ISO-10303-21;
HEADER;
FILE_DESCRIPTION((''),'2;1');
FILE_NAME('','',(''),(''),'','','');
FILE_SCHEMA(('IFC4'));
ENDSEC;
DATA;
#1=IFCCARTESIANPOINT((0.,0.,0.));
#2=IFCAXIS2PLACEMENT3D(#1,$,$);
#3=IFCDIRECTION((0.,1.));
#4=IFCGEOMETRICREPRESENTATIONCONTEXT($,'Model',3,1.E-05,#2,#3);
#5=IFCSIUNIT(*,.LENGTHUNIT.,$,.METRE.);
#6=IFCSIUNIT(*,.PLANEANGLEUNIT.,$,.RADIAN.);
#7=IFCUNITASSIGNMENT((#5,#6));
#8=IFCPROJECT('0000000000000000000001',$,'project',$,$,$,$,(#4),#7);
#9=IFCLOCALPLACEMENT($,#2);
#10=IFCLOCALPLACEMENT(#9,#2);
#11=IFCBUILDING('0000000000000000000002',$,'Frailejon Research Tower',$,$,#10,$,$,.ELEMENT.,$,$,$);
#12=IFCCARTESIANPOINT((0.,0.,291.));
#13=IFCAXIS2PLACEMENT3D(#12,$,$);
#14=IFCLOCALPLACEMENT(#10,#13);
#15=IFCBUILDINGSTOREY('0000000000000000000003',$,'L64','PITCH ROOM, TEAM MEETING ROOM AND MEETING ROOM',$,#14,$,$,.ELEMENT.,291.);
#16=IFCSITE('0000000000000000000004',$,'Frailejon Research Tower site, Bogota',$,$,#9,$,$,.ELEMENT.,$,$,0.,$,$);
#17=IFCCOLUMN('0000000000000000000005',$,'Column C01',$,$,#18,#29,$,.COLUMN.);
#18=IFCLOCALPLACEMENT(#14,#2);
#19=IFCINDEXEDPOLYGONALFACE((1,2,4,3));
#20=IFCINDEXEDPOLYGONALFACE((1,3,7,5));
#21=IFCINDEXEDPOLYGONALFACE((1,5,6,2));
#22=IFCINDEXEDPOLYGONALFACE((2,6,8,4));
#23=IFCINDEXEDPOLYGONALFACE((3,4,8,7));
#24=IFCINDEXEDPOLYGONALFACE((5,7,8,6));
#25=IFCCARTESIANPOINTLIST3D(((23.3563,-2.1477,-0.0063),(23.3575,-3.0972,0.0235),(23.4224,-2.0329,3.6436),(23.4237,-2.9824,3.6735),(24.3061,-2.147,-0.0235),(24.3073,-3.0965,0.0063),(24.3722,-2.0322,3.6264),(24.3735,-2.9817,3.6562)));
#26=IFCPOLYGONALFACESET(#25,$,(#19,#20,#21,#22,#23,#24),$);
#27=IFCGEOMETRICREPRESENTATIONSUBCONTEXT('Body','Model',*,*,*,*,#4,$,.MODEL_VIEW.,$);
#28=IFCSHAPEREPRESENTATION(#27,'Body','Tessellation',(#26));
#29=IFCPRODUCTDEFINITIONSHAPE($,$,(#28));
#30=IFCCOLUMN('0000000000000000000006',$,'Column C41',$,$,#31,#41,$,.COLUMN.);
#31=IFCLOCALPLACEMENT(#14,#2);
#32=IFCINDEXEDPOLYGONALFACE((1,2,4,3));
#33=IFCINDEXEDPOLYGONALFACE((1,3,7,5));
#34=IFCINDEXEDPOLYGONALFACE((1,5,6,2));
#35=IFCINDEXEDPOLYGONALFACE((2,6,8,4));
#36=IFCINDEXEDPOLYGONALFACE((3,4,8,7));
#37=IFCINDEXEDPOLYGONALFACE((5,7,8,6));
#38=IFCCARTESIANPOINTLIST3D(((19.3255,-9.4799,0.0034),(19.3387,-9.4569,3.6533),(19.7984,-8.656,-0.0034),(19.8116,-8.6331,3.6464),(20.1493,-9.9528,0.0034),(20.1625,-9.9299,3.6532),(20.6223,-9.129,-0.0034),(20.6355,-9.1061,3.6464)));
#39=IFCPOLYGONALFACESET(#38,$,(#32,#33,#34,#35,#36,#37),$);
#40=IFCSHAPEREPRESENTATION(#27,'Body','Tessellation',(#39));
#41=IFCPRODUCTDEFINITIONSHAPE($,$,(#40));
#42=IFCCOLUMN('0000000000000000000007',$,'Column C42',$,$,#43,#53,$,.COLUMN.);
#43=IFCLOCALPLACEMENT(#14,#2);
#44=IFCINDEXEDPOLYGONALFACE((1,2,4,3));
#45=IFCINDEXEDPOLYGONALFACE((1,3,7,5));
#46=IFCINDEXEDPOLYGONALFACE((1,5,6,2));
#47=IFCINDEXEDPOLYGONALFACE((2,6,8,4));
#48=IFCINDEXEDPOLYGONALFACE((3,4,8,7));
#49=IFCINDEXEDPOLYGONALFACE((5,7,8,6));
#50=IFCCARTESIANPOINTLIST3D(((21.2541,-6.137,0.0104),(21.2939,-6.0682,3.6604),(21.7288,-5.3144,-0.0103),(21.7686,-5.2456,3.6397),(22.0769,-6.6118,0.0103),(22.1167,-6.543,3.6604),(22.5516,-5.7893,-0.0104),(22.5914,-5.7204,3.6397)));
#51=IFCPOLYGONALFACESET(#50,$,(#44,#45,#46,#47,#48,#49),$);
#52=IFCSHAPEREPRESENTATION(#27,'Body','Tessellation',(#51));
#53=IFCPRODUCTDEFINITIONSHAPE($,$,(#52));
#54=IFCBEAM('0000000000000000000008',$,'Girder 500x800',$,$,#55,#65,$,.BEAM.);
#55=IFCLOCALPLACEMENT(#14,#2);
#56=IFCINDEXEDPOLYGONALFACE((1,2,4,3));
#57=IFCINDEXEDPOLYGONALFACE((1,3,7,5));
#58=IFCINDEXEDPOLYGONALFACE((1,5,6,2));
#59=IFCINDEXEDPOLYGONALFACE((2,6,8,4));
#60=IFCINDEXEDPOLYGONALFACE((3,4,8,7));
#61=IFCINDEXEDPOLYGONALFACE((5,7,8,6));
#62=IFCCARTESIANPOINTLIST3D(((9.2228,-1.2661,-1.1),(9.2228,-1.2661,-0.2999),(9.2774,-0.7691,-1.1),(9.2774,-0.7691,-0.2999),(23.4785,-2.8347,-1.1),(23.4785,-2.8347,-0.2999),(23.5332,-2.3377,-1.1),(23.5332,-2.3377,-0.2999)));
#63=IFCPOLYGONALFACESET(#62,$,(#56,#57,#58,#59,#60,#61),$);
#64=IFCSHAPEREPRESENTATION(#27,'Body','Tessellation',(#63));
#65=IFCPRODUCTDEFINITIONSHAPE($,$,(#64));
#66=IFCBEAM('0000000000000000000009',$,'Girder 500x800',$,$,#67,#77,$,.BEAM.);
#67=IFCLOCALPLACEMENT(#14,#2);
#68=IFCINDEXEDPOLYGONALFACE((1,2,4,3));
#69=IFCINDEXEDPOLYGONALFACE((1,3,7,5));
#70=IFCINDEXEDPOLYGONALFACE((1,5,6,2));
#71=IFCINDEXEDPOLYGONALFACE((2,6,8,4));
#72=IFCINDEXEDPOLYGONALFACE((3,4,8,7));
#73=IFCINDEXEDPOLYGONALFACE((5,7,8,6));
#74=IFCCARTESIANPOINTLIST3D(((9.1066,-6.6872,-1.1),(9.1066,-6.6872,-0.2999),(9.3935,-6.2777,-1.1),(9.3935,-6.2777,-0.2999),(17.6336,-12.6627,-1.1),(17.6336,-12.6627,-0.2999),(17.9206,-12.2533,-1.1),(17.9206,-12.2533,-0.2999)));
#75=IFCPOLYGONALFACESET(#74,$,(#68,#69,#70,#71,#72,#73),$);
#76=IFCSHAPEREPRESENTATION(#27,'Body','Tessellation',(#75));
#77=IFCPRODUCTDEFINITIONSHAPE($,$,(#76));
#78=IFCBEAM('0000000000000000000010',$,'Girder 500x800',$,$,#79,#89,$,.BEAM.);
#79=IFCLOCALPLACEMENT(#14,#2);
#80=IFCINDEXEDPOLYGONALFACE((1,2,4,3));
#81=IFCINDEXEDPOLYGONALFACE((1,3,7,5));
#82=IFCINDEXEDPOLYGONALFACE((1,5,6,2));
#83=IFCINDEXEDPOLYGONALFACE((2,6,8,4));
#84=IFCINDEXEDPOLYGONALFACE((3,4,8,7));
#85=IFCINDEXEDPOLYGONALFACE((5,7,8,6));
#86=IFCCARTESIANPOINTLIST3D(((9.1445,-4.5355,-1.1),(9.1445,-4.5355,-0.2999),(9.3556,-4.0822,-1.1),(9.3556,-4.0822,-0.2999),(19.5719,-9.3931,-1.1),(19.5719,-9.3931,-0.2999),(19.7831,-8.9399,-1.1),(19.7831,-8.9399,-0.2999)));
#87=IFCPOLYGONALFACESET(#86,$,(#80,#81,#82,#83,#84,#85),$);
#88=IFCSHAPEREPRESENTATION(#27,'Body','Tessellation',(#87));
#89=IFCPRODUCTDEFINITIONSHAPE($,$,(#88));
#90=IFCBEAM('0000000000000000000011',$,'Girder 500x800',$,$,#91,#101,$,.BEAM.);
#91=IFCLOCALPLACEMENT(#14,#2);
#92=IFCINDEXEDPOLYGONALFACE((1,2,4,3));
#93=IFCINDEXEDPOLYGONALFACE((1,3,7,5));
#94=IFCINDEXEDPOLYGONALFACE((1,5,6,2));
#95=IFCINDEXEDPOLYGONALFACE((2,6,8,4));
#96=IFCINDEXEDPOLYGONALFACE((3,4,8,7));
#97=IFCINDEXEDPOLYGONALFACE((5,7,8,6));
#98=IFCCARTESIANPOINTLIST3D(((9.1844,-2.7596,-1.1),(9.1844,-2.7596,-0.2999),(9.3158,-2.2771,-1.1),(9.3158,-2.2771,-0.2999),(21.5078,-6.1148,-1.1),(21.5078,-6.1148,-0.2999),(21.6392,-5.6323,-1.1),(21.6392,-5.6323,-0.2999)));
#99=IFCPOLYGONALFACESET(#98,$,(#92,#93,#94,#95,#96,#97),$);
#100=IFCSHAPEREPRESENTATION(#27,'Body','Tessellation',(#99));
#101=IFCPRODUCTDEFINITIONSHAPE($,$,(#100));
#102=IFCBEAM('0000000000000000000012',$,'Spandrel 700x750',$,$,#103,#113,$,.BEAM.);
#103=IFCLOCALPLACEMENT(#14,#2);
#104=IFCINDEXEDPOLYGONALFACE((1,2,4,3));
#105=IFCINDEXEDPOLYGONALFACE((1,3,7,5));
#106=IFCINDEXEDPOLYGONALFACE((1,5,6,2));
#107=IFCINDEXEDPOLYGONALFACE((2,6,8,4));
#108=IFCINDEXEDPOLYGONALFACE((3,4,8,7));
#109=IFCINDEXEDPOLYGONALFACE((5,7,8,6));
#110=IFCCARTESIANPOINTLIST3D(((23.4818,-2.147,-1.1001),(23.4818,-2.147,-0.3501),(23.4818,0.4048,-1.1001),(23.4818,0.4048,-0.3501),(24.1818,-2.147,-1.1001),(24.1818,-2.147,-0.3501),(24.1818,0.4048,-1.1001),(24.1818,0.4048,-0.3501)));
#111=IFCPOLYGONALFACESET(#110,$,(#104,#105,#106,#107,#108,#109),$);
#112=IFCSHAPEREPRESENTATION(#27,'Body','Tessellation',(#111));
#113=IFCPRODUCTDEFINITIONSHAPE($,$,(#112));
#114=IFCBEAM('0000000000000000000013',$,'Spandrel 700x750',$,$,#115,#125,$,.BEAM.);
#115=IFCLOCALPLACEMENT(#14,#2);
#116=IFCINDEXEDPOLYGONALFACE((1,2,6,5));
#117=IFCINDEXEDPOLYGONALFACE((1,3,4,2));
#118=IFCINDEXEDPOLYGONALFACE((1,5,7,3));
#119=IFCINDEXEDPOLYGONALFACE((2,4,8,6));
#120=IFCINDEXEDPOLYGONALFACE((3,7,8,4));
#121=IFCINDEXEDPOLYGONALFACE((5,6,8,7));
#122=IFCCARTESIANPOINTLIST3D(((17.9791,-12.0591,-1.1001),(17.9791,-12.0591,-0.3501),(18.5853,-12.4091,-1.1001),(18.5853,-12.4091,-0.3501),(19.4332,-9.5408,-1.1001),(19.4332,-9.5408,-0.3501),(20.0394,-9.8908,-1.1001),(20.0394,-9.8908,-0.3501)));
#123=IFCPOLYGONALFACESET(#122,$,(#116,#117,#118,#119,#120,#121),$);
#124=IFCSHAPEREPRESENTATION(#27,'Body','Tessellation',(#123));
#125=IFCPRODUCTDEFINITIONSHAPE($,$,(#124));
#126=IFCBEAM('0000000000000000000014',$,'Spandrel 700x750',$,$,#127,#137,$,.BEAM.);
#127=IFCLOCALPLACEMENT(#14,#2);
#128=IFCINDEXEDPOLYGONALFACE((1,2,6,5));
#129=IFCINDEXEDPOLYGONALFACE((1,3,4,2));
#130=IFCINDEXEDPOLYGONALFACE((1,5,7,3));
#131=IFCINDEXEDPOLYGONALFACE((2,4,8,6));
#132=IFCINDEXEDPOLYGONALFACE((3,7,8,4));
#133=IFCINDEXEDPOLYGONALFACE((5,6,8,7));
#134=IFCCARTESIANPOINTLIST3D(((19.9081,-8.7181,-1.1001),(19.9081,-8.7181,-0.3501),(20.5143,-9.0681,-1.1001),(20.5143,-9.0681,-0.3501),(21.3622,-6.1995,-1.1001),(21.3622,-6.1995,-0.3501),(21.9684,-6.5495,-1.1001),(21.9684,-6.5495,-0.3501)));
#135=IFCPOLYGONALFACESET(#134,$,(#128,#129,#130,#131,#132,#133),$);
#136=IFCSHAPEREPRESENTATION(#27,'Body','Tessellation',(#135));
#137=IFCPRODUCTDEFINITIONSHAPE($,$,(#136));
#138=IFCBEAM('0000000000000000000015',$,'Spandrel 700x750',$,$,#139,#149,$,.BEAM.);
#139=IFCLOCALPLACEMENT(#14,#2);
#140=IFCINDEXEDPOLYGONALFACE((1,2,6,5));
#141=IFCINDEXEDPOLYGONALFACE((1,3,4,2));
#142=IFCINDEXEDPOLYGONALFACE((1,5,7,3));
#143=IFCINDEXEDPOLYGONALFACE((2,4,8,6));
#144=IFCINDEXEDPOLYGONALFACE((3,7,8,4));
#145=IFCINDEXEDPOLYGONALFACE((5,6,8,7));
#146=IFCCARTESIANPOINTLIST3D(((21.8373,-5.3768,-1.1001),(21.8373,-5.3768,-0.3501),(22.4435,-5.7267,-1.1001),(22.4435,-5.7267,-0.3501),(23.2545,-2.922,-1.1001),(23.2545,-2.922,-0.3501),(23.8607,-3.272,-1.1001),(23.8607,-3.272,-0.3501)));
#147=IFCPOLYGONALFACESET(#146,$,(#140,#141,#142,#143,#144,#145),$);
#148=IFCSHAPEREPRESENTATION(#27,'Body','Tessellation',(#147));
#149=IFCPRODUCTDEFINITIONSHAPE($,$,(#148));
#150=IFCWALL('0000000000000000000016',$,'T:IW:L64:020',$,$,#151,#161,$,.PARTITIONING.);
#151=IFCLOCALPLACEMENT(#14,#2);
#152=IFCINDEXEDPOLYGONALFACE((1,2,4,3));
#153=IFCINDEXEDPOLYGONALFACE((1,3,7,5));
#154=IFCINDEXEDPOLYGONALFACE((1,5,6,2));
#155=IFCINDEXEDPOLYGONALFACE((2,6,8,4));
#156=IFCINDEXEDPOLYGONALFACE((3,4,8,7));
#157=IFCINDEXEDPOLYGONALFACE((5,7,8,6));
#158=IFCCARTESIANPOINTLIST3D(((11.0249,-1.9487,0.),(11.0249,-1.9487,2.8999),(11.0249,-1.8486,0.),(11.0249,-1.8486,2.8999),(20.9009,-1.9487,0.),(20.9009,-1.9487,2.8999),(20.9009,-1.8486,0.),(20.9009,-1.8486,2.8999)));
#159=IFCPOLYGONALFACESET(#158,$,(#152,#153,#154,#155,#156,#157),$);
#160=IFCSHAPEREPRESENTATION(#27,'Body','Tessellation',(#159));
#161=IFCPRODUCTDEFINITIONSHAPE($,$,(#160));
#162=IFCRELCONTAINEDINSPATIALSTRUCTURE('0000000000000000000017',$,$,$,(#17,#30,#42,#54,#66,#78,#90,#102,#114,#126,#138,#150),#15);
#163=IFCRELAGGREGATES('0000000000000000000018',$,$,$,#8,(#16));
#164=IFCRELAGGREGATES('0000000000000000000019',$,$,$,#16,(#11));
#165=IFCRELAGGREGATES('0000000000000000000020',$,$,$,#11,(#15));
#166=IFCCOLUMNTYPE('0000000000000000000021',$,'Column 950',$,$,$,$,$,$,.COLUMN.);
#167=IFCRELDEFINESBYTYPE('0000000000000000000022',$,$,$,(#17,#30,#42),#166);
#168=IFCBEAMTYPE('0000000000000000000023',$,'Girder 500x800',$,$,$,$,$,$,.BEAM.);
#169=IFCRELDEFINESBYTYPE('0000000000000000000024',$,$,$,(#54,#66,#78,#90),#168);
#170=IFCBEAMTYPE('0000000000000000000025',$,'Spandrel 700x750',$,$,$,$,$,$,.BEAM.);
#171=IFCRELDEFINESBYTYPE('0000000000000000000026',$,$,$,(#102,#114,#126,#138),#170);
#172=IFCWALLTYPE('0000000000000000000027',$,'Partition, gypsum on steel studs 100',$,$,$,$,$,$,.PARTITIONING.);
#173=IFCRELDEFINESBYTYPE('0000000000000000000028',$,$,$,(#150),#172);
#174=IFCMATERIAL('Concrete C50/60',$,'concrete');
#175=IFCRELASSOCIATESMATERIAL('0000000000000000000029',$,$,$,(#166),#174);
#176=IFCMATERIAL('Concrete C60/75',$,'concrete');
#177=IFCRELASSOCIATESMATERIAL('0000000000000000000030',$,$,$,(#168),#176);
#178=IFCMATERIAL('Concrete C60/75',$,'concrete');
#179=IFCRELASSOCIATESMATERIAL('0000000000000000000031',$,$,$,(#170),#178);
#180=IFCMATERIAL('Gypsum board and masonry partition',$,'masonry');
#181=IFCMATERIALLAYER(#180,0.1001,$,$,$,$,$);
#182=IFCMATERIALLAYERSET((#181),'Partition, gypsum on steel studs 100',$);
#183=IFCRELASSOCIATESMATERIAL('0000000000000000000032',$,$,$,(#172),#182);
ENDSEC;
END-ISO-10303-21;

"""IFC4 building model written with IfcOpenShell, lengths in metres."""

from ifc_helpers import new_model, si_unit, direction, frame, frame_2d, origin, origin_2d, place, context, subcontext, project, spatial, rectangle, extrude, material, layer, layer_set, material_profile, profile_set, type_object, element, save


model = new_model("IFC4")

# Units and contexts
model_context = context("Model", 3, precision=1e-05, world=origin(), true_north=direction((0.0, 1.0)))
body_context = subcontext(model_context, "Body", "Model", "MODEL_VIEW")
ifc_project = project(units=[si_unit("LENGTHUNIT", "METRE"), si_unit("PLANEANGLEUNIT", "RADIAN")], contexts=[model_context])

# Site, building, storey
site_placement = place(None, origin())
site = spatial("IfcSite", under=ifc_project, at=site_placement, Name="Frailejon Research Tower site, Bogota", CompositionType="ELEMENT", RefElevation=0.0)
building_placement = place(site_placement, origin())
building = spatial("IfcBuilding", under=site, at=building_placement, Name="Frailejon Research Tower", CompositionType="ELEMENT")
storey_placement = place(building_placement, frame((0.0, 0.0, 291.0)))
storey = spatial("IfcBuildingStorey", under=building, at=storey_placement, Name="L64", Description="PITCH ROOM, TEAM MEETING ROOM AND MEETING ROOM", CompositionType="ELEMENT", Elevation=291.0)

# Columns
ifc_material_1 = material(Name="Concrete C50/60", Category="concrete")
ifc_material_profile_1 = material_profile(ifc_material_1, rectangle(XDim=0.95, YDim=0.95, at=origin_2d()), Name="Column 950")
ifc_profile_set_1 = profile_set([ifc_material_profile_1], Name="Concrete C50/60")
column_type = type_object("IfcColumnType", Name="Column 950", PredefinedType="COLUMN", material=ifc_profile_set_1)
column_1_placement = place(storey_placement, frame((23.8318, -2.6221, 0.0), z_axis=(0.018115, 0.031417, 0.999342), x_axis=(-0.001297, 0.999506, -0.031399)))
element("IfcColumn", 1, at=column_1_placement, inside=storey, type_object=column_type, Name="Column C01", PredefinedType="COLUMN", context=body_context, shape_type="SweptSolid", body=[
    extrude(rectangle(XDim=0.95, YDim=0.95, at=origin_2d()), origin(), (0.0, 0.0, 1.0), 3.6523),
])
column_2_placement = place(storey_placement, frame((19.9739, -9.3044, 0.0), z_axis=(0.003612, 0.006287, 0.999974), x_axis=(0.49789, 0.86721, -0.007251)))
element("IfcColumn", 2, at=column_2_placement, inside=storey, type_object=column_type, Name="Column C41", PredefinedType="COLUMN", context=body_context, shape_type="SweptSolid", body=[
    extrude(rectangle(XDim=0.95, YDim=0.95, at=origin_2d()), origin(), (0.0, 0.0, 1.0), 3.6499),
])
column_3_placement = place(storey_placement, frame((21.9028, -5.9631, 0.0), z_axis=(0.0109, 0.018858, 0.999763), x_axis=(0.499729, 0.865908, -0.021782)))
element("IfcColumn", 3, at=column_3_placement, inside=storey, type_object=column_type, Name="Column C42", PredefinedType="COLUMN", context=body_context, shape_type="SweptSolid", body=[
    extrude(rectangle(XDim=0.95, YDim=0.95, at=origin_2d()), origin(), (0.0, 0.0, 1.0), 3.6509),
])

# Beams
ifc_material_2 = material(Name="Concrete C60/75", Category="concrete")
ifc_material_profile_2 = material_profile(ifc_material_2, rectangle(XDim=0.5, YDim=0.8, at=origin_2d()), Name="Girder 500x800")
ifc_profile_set_2 = profile_set([ifc_material_profile_2], Name="Concrete C60/75")
beam_type_1 = type_object("IfcBeamType", Name="Girder 500x800", PredefinedType="BEAM", material=ifc_profile_set_2)
beam_1_placement = place(storey_placement, frame((23.5059, -2.5862, -0.7), z_axis=(-0.994001, 0.109372, 0.0), x_axis=(-0.109372, -0.994001, 0.0)))
element("IfcBeam", 4, at=beam_1_placement, inside=storey, type_object=beam_type_1, Name="Girder 500x800", PredefinedType="BEAM", context=body_context, shape_type="SweptSolid", body=[
    extrude(rectangle(XDim=0.5, YDim=0.8, at=origin_2d()), origin(), (0.0, 0.0, 1.0), 14.3418),
])
beam_2_placement = place(storey_placement, frame((17.7771, -12.458, -0.7), z_axis=(-0.818933, 0.573889, 0.0), x_axis=(-0.573889, -0.818933, 0.0)))
element("IfcBeam", 5, at=beam_2_placement, inside=storey, type_object=beam_type_1, Name="Girder 500x800", PredefinedType="BEAM", context=body_context, shape_type="SweptSolid", body=[
    extrude(rectangle(XDim=0.5, YDim=0.8, at=origin_2d()), origin(), (0.0, 0.0, 1.0), 10.4124),
])
beam_3_placement = place(storey_placement, frame((19.6775, -9.1665, -0.7), z_axis=(-0.906466, 0.422279, 0.0), x_axis=(-0.422279, -0.906466, 0.0)))
element("IfcBeam", 6, at=beam_3_placement, inside=storey, type_object=beam_type_1, Name="Girder 500x800", PredefinedType="BEAM", context=body_context, shape_type="SweptSolid", body=[
    extrude(rectangle(XDim=0.5, YDim=0.8, at=origin_2d()), origin(), (0.0, 0.0, 1.0), 11.5034),
])
beam_4_placement = place(storey_placement, frame((21.5735, -5.8735, -0.7), z_axis=(-0.964878, 0.2627, 0.0), x_axis=(-0.2627, -0.964878, 0.0)))
element("IfcBeam", 7, at=beam_4_placement, inside=storey, type_object=beam_type_1, Name="Girder 500x800", PredefinedType="BEAM", context=body_context, shape_type="SweptSolid", body=[
    extrude(rectangle(XDim=0.5, YDim=0.8, at=origin_2d()), origin(), (0.0, 0.0, 1.0), 12.772),
])
ifc_material_3 = material(Name="Concrete C60/75", Category="concrete")
ifc_material_profile_3 = material_profile(ifc_material_3, rectangle(XDim=0.7, YDim=0.75, at=origin_2d()), Name="Spandrel 700x750")
ifc_profile_set_3 = profile_set([ifc_material_profile_3], Name="Concrete C60/75")
beam_type_2 = type_object("IfcBeamType", Name="Spandrel 700x750", PredefinedType="BEAM", material=ifc_profile_set_3)
beam_5_placement = place(storey_placement, frame((23.8318, -2.147, -0.7251), z_axis=(0.0, 1.0, 0.0), x_axis=(-1.0, 0.0, 0.0)))
element("IfcBeam", 8, at=beam_5_placement, inside=storey, type_object=beam_type_2, Name="Spandrel 700x750", PredefinedType="BEAM", context=body_context, shape_type="SweptSolid", body=[
    extrude(rectangle(XDim=0.7, YDim=0.75, at=origin_2d()), origin(), (0.0, 0.0, 1.0), 2.5518),
])
beam_6_placement = place(storey_placement, frame((18.2822, -12.2341, -0.7251), z_axis=(0.50004, 0.866002, 0.0), x_axis=(-0.866002, 0.50004, 0.0)))
element("IfcBeam", 9, at=beam_6_placement, inside=storey, type_object=beam_type_2, Name="Spandrel 700x750", PredefinedType="BEAM", context=body_context, shape_type="SweptSolid", body=[
    extrude(rectangle(XDim=0.7, YDim=0.75, at=origin_2d()), origin(), (0.0, 0.0, 1.0), 2.908),
])
beam_7_placement = place(storey_placement, frame((20.2112, -8.8931, -0.7251), z_axis=(0.500003, 0.866023, 0.0), x_axis=(-0.866023, 0.500003, 0.0)))
element("IfcBeam", 10, at=beam_7_placement, inside=storey, type_object=beam_type_2, Name="Spandrel 700x750", PredefinedType="BEAM", context=body_context, shape_type="SweptSolid", body=[
    extrude(rectangle(XDim=0.7, YDim=0.75, at=origin_2d()), origin(), (0.0, 0.0, 1.0), 2.9082),
])
beam_8_placement = place(storey_placement, frame((22.1404, -5.5518, -0.7251), z_axis=(0.499983, 0.866035, 0.0), x_axis=(-0.866035, 0.499983, 0.0)))
element("IfcBeam", 11, at=beam_8_placement, inside=storey, type_object=beam_type_2, Name="Spandrel 700x750", PredefinedType="BEAM", context=body_context, shape_type="SweptSolid", body=[
    extrude(rectangle(XDim=0.7, YDim=0.75, at=origin_2d()), origin(), (0.0, 0.0, 1.0), 2.8345),
])

# Wall
ifc_material_4 = material(Name="Gypsum board and masonry partition", Category="masonry")
ifc_layer_1 = layer(ifc_material_4, 0.1001)
ifc_layer_set_1 = layer_set([ifc_layer_1], Name="Partition, gypsum on steel studs 100")
wall_type_1 = type_object("IfcWallType", Name="Partition, gypsum on steel studs 100", PredefinedType="PARTITIONING", material=ifc_layer_set_1)
wall_1_placement = place(storey_placement, frame((11.0249, -1.8987, 0.0), z_axis=(0.0, 0.0, 1.0), x_axis=(1.0, 0.0, 0.0)))
element("IfcWall", 12, at=wall_1_placement, inside=storey, type_object=wall_type_1, Name="T:IW:L64:020", PredefinedType="PARTITIONING", context=body_context, shape_type="SweptSolid", body=[
    extrude(rectangle(XDim=9.876, YDim=0.1001, at=frame_2d((4.938, 0.0))), origin(), (0.0, 0.0, 1.0), 2.8999),
])

save(model, "model.ifc")
